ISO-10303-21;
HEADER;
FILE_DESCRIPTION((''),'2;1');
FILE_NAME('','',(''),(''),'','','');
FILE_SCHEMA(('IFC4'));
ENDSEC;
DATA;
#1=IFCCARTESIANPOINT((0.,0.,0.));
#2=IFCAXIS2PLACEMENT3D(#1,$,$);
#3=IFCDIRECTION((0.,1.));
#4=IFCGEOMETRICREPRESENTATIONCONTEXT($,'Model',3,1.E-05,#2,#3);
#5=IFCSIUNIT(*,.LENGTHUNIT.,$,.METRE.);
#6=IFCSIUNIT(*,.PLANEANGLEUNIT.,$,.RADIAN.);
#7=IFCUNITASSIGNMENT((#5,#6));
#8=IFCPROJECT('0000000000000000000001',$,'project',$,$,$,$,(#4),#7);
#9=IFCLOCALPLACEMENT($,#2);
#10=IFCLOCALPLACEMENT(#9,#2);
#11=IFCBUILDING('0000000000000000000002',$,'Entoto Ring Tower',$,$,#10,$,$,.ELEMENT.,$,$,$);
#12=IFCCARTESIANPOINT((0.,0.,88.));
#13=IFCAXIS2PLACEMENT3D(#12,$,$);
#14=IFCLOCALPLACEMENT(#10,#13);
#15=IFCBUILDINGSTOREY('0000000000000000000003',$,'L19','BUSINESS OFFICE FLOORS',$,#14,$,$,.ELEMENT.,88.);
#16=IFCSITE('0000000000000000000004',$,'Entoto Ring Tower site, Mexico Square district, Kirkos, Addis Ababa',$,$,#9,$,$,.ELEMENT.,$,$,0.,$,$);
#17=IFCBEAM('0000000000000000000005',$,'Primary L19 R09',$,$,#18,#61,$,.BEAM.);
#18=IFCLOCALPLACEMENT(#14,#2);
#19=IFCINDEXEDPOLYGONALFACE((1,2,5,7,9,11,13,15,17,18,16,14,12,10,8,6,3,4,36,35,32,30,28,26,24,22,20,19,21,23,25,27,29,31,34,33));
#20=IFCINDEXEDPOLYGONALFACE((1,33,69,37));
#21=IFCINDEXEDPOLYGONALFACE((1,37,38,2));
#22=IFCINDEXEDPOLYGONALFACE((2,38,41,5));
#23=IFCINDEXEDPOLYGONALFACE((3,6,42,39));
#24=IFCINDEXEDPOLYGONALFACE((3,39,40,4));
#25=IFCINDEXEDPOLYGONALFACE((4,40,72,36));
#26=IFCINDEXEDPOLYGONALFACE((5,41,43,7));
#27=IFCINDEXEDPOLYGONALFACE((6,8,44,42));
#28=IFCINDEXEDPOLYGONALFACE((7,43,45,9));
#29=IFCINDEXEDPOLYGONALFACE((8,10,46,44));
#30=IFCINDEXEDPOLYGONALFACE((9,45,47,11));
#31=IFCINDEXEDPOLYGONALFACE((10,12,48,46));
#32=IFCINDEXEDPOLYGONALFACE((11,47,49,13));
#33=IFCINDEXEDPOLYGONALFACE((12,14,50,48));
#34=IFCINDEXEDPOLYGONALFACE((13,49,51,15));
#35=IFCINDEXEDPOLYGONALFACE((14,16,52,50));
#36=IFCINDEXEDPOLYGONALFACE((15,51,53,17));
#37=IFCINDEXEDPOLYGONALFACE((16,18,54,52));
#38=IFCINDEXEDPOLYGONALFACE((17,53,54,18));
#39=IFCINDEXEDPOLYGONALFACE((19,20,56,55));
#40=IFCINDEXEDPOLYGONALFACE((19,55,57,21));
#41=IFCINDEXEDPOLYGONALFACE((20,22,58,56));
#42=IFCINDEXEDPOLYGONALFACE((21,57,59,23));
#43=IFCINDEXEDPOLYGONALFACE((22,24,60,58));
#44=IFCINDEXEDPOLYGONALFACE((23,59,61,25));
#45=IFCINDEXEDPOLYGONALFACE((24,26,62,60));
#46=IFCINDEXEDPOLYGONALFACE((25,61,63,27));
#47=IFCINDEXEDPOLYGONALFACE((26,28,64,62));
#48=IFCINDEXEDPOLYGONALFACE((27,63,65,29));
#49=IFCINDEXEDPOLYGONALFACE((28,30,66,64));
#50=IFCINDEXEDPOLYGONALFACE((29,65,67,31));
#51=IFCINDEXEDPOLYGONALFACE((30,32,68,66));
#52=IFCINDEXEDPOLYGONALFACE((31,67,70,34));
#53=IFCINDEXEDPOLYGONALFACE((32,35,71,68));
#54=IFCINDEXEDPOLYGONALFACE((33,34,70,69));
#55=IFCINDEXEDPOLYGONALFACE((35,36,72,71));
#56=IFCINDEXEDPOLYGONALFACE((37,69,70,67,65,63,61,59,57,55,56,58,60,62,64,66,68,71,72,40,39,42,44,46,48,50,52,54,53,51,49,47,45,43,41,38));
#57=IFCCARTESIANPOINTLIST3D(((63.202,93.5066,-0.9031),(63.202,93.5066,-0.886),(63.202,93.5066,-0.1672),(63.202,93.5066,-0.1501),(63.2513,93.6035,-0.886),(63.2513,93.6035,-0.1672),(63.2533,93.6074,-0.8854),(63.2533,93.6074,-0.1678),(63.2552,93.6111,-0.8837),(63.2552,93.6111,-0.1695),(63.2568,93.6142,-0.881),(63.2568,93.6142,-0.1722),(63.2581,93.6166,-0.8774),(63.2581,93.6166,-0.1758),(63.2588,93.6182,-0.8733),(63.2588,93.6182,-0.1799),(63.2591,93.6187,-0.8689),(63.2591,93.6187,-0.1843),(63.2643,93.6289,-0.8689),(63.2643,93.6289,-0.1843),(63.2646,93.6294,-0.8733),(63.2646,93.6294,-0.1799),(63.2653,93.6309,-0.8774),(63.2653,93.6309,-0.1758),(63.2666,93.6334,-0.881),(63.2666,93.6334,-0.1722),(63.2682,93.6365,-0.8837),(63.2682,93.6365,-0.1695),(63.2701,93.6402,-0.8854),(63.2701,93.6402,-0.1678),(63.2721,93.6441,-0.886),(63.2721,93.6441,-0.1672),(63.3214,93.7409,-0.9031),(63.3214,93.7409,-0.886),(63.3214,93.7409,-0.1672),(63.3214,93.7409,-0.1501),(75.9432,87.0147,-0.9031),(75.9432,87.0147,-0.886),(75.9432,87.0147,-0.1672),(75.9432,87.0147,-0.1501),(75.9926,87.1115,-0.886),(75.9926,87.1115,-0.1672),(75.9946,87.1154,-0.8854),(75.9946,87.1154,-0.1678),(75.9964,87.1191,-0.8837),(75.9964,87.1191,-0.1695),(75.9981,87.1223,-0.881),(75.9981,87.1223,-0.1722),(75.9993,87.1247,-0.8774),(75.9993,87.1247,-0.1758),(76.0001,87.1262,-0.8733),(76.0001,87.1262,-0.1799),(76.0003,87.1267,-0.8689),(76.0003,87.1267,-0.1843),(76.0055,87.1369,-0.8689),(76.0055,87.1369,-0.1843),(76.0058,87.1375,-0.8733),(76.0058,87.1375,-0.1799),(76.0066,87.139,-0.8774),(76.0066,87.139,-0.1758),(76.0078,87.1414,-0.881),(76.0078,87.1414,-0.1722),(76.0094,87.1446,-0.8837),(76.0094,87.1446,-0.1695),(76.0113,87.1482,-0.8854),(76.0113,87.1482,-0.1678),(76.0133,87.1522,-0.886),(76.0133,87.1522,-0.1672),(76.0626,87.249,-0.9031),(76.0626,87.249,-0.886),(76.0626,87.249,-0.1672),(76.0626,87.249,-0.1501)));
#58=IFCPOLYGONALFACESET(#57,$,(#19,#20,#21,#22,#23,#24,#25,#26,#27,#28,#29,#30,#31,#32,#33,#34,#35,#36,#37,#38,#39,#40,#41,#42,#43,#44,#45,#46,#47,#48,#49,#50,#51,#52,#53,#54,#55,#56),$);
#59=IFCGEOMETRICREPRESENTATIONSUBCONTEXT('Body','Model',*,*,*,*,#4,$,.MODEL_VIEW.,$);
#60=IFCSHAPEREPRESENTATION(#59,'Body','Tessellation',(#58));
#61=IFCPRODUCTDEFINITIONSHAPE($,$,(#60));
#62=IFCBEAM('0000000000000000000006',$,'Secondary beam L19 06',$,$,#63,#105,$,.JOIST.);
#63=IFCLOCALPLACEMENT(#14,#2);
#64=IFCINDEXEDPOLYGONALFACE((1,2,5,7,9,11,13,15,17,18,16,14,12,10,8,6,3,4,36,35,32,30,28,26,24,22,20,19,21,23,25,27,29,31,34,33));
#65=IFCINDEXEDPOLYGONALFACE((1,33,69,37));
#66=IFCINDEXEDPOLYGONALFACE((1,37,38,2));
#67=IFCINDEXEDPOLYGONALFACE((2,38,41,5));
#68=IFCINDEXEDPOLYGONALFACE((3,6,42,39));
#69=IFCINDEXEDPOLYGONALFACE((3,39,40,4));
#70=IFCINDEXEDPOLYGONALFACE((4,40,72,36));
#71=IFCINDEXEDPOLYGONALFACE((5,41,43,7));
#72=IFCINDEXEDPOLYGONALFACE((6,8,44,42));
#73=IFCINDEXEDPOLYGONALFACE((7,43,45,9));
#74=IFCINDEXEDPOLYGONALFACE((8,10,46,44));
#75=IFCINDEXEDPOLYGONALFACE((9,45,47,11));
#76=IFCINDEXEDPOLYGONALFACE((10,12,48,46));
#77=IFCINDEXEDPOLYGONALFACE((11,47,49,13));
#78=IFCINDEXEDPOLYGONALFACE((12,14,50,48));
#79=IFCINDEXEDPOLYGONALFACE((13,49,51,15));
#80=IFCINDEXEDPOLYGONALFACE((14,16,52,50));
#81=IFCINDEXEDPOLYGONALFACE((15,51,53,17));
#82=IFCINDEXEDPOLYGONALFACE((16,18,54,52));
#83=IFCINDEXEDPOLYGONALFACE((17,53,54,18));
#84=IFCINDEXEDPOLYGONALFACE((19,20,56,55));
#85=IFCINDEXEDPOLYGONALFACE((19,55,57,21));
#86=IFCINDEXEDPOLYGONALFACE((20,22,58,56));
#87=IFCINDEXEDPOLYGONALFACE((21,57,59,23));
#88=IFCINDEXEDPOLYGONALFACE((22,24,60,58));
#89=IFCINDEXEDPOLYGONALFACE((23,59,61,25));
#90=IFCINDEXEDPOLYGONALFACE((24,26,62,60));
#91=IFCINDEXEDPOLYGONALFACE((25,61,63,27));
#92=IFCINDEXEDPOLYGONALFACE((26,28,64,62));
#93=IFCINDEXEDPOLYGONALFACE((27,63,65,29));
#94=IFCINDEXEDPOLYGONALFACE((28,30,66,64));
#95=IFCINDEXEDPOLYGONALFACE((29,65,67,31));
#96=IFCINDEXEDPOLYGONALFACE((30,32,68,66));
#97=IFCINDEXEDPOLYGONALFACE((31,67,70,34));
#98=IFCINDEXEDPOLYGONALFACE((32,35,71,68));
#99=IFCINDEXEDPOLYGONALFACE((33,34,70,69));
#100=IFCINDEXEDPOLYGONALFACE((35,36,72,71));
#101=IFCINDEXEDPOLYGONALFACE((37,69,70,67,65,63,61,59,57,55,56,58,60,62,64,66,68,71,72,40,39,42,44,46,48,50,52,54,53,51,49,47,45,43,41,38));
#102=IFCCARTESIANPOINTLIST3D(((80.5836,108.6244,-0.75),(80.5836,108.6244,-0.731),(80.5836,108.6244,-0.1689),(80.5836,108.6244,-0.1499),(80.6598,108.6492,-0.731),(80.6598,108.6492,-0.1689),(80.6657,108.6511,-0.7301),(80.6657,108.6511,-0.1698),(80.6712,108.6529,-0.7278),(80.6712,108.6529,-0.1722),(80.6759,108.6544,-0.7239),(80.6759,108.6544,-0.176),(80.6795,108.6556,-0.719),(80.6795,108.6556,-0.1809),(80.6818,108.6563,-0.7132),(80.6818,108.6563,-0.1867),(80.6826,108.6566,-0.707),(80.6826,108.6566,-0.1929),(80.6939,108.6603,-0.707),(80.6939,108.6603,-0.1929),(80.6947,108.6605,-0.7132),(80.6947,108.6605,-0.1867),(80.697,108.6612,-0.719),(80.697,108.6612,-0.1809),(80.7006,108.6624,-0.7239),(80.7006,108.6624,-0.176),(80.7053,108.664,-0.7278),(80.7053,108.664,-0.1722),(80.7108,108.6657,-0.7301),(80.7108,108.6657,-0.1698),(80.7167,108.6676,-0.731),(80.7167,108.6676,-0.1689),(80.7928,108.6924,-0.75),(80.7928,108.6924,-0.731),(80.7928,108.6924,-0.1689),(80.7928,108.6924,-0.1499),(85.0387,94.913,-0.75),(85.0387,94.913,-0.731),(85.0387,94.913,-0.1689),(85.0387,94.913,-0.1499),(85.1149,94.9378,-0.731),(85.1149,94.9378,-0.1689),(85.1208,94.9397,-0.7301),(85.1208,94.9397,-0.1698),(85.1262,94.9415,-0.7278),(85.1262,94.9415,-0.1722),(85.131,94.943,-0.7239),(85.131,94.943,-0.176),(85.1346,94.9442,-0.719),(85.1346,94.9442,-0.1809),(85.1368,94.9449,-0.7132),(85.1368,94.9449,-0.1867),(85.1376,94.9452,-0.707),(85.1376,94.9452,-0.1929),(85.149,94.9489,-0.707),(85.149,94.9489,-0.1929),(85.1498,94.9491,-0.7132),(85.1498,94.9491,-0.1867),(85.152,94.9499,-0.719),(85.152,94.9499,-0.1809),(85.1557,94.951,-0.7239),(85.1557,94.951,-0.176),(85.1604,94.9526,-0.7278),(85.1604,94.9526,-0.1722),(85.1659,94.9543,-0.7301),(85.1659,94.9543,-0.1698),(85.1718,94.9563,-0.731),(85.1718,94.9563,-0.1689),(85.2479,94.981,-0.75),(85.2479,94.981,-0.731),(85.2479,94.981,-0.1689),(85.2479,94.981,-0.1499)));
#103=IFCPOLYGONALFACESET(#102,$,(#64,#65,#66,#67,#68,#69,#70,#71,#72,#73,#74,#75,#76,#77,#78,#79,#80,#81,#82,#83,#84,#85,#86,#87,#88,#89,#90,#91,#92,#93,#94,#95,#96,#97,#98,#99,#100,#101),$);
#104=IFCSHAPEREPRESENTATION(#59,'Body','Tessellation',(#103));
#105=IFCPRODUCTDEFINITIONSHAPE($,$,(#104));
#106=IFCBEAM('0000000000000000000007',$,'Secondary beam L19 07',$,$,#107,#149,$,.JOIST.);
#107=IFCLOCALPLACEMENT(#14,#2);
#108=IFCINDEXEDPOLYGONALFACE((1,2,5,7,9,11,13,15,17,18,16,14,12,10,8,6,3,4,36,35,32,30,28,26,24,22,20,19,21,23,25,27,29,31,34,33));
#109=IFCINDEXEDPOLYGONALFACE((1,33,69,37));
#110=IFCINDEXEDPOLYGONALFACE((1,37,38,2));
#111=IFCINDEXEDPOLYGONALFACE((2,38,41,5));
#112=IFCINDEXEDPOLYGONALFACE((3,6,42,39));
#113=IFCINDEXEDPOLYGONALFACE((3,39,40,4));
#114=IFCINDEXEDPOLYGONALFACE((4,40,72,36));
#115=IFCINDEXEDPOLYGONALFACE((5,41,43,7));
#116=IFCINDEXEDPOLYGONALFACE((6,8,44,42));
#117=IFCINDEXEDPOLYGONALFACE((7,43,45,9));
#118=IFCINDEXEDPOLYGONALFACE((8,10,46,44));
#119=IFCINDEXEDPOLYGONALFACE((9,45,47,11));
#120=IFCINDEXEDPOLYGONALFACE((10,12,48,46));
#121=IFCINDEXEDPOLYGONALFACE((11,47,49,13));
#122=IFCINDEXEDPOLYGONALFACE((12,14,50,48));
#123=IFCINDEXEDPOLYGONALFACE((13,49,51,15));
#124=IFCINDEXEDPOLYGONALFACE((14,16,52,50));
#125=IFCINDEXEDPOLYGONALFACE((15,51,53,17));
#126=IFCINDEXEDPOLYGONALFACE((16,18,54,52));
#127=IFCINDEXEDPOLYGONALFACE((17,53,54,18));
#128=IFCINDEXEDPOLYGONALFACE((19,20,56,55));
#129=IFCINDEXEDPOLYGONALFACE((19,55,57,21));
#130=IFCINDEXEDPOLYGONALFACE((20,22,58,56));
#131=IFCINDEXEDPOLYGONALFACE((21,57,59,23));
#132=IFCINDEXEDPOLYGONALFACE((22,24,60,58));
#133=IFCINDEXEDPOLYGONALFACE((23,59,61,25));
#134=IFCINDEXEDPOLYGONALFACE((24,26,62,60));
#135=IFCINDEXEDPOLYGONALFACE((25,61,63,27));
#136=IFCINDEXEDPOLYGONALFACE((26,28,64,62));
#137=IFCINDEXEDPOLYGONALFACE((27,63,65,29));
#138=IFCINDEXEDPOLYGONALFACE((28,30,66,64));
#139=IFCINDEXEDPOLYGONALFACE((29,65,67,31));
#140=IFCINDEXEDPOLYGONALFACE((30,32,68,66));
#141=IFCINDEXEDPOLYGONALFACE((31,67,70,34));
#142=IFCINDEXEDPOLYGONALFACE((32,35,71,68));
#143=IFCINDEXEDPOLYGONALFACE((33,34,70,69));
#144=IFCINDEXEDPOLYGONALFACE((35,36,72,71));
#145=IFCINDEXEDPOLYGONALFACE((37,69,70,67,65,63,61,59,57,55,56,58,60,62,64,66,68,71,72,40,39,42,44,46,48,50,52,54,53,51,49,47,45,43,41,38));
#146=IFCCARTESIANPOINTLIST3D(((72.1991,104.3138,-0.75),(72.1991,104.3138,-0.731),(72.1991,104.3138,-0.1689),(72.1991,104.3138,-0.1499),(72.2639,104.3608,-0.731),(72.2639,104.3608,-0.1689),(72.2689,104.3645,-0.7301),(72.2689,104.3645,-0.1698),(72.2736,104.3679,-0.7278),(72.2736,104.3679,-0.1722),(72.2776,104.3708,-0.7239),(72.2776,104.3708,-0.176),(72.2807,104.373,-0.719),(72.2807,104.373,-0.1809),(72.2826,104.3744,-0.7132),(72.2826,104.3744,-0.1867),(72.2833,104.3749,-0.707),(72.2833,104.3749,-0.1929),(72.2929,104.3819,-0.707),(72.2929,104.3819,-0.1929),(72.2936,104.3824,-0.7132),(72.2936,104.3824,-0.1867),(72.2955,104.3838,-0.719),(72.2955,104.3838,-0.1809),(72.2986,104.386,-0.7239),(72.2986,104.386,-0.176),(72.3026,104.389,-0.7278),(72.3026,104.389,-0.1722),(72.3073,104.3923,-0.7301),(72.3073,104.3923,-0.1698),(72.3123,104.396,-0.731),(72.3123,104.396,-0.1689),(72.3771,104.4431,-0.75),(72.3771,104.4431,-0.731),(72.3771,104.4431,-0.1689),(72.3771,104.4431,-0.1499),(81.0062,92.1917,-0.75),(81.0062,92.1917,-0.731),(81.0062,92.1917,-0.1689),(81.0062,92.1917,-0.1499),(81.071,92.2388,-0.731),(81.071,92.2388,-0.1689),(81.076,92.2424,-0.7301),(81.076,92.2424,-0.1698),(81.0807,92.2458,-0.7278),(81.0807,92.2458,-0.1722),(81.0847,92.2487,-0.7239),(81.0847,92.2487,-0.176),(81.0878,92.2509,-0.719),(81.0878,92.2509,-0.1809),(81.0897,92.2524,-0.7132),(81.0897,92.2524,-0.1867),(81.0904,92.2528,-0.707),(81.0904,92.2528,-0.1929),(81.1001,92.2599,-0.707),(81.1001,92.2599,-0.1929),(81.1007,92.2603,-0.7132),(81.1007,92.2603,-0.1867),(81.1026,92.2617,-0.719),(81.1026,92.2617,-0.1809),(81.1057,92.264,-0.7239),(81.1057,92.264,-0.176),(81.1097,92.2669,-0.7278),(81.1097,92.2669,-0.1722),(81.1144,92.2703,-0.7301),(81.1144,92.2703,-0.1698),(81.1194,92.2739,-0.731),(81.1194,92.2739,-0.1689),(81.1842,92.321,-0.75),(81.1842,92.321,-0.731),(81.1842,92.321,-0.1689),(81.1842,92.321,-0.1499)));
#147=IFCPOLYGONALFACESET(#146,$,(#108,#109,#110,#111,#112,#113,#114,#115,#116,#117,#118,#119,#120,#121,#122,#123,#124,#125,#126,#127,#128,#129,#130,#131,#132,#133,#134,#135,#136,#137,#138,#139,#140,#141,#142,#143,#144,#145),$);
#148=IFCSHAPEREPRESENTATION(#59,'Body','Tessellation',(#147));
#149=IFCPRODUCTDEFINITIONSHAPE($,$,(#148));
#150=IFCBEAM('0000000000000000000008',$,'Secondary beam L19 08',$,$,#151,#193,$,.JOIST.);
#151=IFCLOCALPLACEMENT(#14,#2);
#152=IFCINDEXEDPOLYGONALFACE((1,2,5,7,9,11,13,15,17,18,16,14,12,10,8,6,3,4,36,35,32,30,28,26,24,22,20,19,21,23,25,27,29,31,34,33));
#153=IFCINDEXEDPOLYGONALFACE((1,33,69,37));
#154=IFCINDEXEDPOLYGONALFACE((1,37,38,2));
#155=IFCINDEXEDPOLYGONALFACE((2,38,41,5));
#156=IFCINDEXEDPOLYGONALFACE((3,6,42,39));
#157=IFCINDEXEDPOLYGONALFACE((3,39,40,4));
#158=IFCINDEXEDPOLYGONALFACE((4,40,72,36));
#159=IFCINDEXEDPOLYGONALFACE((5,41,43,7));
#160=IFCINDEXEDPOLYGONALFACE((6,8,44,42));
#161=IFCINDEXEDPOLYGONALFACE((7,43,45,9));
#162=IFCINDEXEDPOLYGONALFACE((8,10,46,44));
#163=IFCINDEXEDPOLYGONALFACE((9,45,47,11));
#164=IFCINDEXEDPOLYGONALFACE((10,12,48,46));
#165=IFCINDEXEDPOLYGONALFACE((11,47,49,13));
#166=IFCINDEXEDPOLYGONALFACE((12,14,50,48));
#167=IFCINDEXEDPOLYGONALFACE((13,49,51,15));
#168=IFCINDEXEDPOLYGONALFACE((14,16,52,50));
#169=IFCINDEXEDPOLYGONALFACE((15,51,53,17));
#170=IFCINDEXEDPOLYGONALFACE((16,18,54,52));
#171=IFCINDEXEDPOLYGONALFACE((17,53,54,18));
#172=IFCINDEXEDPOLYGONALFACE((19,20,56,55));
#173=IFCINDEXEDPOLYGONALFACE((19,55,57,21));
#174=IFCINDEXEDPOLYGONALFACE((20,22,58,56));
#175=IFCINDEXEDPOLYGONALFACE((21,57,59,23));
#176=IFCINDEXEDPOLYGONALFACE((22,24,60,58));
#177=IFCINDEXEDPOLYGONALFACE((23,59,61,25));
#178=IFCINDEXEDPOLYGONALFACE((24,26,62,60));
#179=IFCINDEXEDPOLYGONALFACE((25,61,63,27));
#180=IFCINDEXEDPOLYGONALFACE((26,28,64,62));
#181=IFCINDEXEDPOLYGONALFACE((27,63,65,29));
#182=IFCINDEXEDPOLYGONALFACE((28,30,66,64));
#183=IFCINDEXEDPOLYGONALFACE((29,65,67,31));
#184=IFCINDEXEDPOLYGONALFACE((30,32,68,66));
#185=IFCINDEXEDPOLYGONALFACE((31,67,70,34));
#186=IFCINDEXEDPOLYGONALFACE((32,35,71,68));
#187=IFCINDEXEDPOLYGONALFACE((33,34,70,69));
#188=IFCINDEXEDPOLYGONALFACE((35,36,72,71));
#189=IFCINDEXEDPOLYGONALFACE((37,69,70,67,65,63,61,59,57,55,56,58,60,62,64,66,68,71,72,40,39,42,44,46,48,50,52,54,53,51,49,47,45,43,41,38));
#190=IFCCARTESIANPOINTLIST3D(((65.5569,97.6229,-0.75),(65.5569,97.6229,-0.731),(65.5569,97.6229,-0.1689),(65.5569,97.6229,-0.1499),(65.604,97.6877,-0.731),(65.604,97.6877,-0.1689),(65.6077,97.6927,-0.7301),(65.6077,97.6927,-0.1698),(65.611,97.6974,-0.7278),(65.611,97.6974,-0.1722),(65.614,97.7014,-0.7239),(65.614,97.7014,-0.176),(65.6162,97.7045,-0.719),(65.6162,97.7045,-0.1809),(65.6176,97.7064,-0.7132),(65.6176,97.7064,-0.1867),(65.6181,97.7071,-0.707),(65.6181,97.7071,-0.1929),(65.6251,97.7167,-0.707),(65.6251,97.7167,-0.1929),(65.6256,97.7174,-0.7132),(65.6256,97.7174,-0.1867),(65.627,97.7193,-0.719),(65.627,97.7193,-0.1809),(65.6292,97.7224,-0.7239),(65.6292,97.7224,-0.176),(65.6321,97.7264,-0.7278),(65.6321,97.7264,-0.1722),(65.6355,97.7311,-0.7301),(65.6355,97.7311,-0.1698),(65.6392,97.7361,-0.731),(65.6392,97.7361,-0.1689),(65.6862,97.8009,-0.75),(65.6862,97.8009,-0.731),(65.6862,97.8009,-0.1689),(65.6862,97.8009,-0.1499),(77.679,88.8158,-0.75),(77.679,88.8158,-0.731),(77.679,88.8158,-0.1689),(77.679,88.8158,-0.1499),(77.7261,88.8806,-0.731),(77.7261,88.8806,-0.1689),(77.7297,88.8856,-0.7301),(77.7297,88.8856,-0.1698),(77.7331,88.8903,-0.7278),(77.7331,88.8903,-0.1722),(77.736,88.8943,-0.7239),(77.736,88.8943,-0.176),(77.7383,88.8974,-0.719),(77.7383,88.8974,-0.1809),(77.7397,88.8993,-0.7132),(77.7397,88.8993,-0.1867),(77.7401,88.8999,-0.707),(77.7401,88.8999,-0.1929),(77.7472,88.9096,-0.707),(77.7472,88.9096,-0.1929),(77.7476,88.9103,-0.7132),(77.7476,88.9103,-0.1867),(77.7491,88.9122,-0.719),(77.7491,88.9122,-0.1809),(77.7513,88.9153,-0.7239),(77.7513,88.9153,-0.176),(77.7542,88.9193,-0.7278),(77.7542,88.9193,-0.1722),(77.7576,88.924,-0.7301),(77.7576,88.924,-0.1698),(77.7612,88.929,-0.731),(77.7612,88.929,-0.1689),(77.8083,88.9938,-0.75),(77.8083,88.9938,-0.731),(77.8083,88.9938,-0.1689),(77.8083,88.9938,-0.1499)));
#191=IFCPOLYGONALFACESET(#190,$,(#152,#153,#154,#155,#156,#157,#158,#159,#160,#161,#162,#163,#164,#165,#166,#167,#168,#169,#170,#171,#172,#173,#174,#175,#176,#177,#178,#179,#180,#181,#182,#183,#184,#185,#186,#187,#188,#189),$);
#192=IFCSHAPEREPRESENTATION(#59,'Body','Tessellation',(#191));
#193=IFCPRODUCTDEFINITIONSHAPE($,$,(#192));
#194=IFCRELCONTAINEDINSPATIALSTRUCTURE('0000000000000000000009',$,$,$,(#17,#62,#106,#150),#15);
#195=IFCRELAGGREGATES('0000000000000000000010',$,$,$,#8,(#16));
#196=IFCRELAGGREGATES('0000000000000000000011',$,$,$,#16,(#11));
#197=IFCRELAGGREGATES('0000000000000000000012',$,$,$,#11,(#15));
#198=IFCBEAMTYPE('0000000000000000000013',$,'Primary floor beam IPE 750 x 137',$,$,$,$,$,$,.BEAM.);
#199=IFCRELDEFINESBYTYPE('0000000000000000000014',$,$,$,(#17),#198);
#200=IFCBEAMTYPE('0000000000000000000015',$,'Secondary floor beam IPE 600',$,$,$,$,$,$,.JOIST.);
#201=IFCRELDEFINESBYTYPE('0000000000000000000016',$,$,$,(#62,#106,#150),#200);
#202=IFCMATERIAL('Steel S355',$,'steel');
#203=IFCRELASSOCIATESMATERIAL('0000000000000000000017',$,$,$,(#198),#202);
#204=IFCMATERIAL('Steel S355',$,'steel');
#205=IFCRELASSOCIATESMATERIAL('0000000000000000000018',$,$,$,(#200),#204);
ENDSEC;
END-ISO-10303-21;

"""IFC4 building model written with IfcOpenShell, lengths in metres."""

from ifc_helpers import new_model, si_unit, direction, frame, origin, origin_2d, place, context, subcontext, project, spatial, i_section, extrude, material, material_profile, profile_set, type_object, element, save


model = new_model("IFC4")

# Units and contexts
model_context = context("Model", 3, precision=1e-05, world=origin(), true_north=direction((0.0, 1.0)))
body_context = subcontext(model_context, "Body", "Model", "MODEL_VIEW")
ifc_project = project(units=[si_unit("LENGTHUNIT", "METRE"), si_unit("PLANEANGLEUNIT", "RADIAN")], contexts=[model_context])

# Site, building, storey
site_placement = place(None, origin())
site = spatial("IfcSite", under=ifc_project, at=site_placement, Name="Entoto Ring Tower site, Mexico Square district, Kirkos, Addis Ababa", CompositionType="ELEMENT", RefElevation=0.0)
building_placement = place(site_placement, origin())
building = spatial("IfcBuilding", under=site, at=building_placement, Name="Entoto Ring Tower", CompositionType="ELEMENT")
storey_placement = place(building_placement, frame((0.0, 0.0, 88.0)))
storey = spatial("IfcBuildingStorey", under=building, at=storey_placement, Name="L19", Description="BUSINESS OFFICE FLOORS", CompositionType="ELEMENT", Elevation=88.0)

# Beams
ifc_material_1 = material(Name="Steel S355", Category="steel")
ifc_material_profile_1 = material_profile(ifc_material_1, i_section(OverallWidth=0.2629, OverallDepth=0.7529, WebThickness=0.0115, FlangeThickness=0.0171, FilletRadius=0.0171, at=origin_2d()), Name="IPE 750 x 137")
ifc_profile_set_1 = profile_set([ifc_material_profile_1], Name="Steel S355")
beam_type_1 = type_object("IfcBeamType", Name="Primary floor beam IPE 750 x 137", PredefinedType="BEAM", material=ifc_profile_set_1)
beam_1_placement = place(storey_placement, frame((76.0029, 87.1318, -0.5266), z_axis=(-0.891007, 0.453989, 0.0), x_axis=(-0.453989, -0.891007, 0.0)))
element("IfcBeam", 1, at=beam_1_placement, inside=storey, type_object=beam_type_1, Name="Primary L19 R09", PredefinedType="BEAM", context=body_context, shape_type="SweptSolid", body=[
    extrude(i_section(OverallWidth=0.2629, OverallDepth=0.7529, WebThickness=0.0115, FlangeThickness=0.0171, FilletRadius=0.0171, at=origin_2d()), origin(), (0.0, 0.0, 1.0), 14.2998),
])
ifc_material_2 = material(Name="Steel S355", Category="steel")
ifc_material_profile_2 = material_profile(ifc_material_2, i_section(OverallWidth=0.22, OverallDepth=0.6001, WebThickness=0.012, FlangeThickness=0.019, FilletRadius=0.0239, at=origin_2d()), Name="IPE 600")
ifc_profile_set_2 = profile_set([ifc_material_profile_2], Name="Steel S355")
beam_type_2 = type_object("IfcBeamType", Name="Secondary floor beam IPE 600", PredefinedType="JOIST", material=ifc_profile_set_2)
beam_2_placement = place(storey_placement, frame((85.1433, 94.947, -0.45), z_axis=(-0.309015, 0.951057, 0.0), x_axis=(-0.951057, -0.309015, 0.0)))
element("IfcBeam", 2, at=beam_2_placement, inside=storey, type_object=beam_type_2, Name="Secondary beam L19 06", PredefinedType="JOIST", context=body_context, shape_type="SweptSolid", body=[
    extrude(i_section(OverallWidth=0.22, OverallDepth=0.6001, WebThickness=0.012, FlangeThickness=0.019, FilletRadius=0.0239, at=origin_2d()), origin(), (0.0, 0.0, 1.0), 14.417),
])
for number, where, z_axis, x_axis, name in (
    (3, (81.0952, 92.2563, -0.45), (-0.587782, 0.809019, 0.0), (-0.809019, -0.587782, 0.0), "Secondary beam L19 07"),
    (4, (77.7437, 88.9048, -0.45), (-0.809019, 0.587782, 0.0), (-0.587782, -0.809019, 0.0), "Secondary beam L19 08"),
):
    element("IfcBeam", number, at=place(storey_placement, frame(where, z_axis=z_axis, x_axis=x_axis)), inside=storey, type_object=beam_type_2, Name=name, PredefinedType="JOIST", context=body_context, shape_type="SweptSolid", body=[
        extrude(i_section(OverallWidth=0.22, OverallDepth=0.6001, WebThickness=0.012, FlangeThickness=0.019, FilletRadius=0.0239, at=origin_2d()), origin(), (0.0, 0.0, 1.0), 14.9836),
    ])

save(model, "model.ifc")
